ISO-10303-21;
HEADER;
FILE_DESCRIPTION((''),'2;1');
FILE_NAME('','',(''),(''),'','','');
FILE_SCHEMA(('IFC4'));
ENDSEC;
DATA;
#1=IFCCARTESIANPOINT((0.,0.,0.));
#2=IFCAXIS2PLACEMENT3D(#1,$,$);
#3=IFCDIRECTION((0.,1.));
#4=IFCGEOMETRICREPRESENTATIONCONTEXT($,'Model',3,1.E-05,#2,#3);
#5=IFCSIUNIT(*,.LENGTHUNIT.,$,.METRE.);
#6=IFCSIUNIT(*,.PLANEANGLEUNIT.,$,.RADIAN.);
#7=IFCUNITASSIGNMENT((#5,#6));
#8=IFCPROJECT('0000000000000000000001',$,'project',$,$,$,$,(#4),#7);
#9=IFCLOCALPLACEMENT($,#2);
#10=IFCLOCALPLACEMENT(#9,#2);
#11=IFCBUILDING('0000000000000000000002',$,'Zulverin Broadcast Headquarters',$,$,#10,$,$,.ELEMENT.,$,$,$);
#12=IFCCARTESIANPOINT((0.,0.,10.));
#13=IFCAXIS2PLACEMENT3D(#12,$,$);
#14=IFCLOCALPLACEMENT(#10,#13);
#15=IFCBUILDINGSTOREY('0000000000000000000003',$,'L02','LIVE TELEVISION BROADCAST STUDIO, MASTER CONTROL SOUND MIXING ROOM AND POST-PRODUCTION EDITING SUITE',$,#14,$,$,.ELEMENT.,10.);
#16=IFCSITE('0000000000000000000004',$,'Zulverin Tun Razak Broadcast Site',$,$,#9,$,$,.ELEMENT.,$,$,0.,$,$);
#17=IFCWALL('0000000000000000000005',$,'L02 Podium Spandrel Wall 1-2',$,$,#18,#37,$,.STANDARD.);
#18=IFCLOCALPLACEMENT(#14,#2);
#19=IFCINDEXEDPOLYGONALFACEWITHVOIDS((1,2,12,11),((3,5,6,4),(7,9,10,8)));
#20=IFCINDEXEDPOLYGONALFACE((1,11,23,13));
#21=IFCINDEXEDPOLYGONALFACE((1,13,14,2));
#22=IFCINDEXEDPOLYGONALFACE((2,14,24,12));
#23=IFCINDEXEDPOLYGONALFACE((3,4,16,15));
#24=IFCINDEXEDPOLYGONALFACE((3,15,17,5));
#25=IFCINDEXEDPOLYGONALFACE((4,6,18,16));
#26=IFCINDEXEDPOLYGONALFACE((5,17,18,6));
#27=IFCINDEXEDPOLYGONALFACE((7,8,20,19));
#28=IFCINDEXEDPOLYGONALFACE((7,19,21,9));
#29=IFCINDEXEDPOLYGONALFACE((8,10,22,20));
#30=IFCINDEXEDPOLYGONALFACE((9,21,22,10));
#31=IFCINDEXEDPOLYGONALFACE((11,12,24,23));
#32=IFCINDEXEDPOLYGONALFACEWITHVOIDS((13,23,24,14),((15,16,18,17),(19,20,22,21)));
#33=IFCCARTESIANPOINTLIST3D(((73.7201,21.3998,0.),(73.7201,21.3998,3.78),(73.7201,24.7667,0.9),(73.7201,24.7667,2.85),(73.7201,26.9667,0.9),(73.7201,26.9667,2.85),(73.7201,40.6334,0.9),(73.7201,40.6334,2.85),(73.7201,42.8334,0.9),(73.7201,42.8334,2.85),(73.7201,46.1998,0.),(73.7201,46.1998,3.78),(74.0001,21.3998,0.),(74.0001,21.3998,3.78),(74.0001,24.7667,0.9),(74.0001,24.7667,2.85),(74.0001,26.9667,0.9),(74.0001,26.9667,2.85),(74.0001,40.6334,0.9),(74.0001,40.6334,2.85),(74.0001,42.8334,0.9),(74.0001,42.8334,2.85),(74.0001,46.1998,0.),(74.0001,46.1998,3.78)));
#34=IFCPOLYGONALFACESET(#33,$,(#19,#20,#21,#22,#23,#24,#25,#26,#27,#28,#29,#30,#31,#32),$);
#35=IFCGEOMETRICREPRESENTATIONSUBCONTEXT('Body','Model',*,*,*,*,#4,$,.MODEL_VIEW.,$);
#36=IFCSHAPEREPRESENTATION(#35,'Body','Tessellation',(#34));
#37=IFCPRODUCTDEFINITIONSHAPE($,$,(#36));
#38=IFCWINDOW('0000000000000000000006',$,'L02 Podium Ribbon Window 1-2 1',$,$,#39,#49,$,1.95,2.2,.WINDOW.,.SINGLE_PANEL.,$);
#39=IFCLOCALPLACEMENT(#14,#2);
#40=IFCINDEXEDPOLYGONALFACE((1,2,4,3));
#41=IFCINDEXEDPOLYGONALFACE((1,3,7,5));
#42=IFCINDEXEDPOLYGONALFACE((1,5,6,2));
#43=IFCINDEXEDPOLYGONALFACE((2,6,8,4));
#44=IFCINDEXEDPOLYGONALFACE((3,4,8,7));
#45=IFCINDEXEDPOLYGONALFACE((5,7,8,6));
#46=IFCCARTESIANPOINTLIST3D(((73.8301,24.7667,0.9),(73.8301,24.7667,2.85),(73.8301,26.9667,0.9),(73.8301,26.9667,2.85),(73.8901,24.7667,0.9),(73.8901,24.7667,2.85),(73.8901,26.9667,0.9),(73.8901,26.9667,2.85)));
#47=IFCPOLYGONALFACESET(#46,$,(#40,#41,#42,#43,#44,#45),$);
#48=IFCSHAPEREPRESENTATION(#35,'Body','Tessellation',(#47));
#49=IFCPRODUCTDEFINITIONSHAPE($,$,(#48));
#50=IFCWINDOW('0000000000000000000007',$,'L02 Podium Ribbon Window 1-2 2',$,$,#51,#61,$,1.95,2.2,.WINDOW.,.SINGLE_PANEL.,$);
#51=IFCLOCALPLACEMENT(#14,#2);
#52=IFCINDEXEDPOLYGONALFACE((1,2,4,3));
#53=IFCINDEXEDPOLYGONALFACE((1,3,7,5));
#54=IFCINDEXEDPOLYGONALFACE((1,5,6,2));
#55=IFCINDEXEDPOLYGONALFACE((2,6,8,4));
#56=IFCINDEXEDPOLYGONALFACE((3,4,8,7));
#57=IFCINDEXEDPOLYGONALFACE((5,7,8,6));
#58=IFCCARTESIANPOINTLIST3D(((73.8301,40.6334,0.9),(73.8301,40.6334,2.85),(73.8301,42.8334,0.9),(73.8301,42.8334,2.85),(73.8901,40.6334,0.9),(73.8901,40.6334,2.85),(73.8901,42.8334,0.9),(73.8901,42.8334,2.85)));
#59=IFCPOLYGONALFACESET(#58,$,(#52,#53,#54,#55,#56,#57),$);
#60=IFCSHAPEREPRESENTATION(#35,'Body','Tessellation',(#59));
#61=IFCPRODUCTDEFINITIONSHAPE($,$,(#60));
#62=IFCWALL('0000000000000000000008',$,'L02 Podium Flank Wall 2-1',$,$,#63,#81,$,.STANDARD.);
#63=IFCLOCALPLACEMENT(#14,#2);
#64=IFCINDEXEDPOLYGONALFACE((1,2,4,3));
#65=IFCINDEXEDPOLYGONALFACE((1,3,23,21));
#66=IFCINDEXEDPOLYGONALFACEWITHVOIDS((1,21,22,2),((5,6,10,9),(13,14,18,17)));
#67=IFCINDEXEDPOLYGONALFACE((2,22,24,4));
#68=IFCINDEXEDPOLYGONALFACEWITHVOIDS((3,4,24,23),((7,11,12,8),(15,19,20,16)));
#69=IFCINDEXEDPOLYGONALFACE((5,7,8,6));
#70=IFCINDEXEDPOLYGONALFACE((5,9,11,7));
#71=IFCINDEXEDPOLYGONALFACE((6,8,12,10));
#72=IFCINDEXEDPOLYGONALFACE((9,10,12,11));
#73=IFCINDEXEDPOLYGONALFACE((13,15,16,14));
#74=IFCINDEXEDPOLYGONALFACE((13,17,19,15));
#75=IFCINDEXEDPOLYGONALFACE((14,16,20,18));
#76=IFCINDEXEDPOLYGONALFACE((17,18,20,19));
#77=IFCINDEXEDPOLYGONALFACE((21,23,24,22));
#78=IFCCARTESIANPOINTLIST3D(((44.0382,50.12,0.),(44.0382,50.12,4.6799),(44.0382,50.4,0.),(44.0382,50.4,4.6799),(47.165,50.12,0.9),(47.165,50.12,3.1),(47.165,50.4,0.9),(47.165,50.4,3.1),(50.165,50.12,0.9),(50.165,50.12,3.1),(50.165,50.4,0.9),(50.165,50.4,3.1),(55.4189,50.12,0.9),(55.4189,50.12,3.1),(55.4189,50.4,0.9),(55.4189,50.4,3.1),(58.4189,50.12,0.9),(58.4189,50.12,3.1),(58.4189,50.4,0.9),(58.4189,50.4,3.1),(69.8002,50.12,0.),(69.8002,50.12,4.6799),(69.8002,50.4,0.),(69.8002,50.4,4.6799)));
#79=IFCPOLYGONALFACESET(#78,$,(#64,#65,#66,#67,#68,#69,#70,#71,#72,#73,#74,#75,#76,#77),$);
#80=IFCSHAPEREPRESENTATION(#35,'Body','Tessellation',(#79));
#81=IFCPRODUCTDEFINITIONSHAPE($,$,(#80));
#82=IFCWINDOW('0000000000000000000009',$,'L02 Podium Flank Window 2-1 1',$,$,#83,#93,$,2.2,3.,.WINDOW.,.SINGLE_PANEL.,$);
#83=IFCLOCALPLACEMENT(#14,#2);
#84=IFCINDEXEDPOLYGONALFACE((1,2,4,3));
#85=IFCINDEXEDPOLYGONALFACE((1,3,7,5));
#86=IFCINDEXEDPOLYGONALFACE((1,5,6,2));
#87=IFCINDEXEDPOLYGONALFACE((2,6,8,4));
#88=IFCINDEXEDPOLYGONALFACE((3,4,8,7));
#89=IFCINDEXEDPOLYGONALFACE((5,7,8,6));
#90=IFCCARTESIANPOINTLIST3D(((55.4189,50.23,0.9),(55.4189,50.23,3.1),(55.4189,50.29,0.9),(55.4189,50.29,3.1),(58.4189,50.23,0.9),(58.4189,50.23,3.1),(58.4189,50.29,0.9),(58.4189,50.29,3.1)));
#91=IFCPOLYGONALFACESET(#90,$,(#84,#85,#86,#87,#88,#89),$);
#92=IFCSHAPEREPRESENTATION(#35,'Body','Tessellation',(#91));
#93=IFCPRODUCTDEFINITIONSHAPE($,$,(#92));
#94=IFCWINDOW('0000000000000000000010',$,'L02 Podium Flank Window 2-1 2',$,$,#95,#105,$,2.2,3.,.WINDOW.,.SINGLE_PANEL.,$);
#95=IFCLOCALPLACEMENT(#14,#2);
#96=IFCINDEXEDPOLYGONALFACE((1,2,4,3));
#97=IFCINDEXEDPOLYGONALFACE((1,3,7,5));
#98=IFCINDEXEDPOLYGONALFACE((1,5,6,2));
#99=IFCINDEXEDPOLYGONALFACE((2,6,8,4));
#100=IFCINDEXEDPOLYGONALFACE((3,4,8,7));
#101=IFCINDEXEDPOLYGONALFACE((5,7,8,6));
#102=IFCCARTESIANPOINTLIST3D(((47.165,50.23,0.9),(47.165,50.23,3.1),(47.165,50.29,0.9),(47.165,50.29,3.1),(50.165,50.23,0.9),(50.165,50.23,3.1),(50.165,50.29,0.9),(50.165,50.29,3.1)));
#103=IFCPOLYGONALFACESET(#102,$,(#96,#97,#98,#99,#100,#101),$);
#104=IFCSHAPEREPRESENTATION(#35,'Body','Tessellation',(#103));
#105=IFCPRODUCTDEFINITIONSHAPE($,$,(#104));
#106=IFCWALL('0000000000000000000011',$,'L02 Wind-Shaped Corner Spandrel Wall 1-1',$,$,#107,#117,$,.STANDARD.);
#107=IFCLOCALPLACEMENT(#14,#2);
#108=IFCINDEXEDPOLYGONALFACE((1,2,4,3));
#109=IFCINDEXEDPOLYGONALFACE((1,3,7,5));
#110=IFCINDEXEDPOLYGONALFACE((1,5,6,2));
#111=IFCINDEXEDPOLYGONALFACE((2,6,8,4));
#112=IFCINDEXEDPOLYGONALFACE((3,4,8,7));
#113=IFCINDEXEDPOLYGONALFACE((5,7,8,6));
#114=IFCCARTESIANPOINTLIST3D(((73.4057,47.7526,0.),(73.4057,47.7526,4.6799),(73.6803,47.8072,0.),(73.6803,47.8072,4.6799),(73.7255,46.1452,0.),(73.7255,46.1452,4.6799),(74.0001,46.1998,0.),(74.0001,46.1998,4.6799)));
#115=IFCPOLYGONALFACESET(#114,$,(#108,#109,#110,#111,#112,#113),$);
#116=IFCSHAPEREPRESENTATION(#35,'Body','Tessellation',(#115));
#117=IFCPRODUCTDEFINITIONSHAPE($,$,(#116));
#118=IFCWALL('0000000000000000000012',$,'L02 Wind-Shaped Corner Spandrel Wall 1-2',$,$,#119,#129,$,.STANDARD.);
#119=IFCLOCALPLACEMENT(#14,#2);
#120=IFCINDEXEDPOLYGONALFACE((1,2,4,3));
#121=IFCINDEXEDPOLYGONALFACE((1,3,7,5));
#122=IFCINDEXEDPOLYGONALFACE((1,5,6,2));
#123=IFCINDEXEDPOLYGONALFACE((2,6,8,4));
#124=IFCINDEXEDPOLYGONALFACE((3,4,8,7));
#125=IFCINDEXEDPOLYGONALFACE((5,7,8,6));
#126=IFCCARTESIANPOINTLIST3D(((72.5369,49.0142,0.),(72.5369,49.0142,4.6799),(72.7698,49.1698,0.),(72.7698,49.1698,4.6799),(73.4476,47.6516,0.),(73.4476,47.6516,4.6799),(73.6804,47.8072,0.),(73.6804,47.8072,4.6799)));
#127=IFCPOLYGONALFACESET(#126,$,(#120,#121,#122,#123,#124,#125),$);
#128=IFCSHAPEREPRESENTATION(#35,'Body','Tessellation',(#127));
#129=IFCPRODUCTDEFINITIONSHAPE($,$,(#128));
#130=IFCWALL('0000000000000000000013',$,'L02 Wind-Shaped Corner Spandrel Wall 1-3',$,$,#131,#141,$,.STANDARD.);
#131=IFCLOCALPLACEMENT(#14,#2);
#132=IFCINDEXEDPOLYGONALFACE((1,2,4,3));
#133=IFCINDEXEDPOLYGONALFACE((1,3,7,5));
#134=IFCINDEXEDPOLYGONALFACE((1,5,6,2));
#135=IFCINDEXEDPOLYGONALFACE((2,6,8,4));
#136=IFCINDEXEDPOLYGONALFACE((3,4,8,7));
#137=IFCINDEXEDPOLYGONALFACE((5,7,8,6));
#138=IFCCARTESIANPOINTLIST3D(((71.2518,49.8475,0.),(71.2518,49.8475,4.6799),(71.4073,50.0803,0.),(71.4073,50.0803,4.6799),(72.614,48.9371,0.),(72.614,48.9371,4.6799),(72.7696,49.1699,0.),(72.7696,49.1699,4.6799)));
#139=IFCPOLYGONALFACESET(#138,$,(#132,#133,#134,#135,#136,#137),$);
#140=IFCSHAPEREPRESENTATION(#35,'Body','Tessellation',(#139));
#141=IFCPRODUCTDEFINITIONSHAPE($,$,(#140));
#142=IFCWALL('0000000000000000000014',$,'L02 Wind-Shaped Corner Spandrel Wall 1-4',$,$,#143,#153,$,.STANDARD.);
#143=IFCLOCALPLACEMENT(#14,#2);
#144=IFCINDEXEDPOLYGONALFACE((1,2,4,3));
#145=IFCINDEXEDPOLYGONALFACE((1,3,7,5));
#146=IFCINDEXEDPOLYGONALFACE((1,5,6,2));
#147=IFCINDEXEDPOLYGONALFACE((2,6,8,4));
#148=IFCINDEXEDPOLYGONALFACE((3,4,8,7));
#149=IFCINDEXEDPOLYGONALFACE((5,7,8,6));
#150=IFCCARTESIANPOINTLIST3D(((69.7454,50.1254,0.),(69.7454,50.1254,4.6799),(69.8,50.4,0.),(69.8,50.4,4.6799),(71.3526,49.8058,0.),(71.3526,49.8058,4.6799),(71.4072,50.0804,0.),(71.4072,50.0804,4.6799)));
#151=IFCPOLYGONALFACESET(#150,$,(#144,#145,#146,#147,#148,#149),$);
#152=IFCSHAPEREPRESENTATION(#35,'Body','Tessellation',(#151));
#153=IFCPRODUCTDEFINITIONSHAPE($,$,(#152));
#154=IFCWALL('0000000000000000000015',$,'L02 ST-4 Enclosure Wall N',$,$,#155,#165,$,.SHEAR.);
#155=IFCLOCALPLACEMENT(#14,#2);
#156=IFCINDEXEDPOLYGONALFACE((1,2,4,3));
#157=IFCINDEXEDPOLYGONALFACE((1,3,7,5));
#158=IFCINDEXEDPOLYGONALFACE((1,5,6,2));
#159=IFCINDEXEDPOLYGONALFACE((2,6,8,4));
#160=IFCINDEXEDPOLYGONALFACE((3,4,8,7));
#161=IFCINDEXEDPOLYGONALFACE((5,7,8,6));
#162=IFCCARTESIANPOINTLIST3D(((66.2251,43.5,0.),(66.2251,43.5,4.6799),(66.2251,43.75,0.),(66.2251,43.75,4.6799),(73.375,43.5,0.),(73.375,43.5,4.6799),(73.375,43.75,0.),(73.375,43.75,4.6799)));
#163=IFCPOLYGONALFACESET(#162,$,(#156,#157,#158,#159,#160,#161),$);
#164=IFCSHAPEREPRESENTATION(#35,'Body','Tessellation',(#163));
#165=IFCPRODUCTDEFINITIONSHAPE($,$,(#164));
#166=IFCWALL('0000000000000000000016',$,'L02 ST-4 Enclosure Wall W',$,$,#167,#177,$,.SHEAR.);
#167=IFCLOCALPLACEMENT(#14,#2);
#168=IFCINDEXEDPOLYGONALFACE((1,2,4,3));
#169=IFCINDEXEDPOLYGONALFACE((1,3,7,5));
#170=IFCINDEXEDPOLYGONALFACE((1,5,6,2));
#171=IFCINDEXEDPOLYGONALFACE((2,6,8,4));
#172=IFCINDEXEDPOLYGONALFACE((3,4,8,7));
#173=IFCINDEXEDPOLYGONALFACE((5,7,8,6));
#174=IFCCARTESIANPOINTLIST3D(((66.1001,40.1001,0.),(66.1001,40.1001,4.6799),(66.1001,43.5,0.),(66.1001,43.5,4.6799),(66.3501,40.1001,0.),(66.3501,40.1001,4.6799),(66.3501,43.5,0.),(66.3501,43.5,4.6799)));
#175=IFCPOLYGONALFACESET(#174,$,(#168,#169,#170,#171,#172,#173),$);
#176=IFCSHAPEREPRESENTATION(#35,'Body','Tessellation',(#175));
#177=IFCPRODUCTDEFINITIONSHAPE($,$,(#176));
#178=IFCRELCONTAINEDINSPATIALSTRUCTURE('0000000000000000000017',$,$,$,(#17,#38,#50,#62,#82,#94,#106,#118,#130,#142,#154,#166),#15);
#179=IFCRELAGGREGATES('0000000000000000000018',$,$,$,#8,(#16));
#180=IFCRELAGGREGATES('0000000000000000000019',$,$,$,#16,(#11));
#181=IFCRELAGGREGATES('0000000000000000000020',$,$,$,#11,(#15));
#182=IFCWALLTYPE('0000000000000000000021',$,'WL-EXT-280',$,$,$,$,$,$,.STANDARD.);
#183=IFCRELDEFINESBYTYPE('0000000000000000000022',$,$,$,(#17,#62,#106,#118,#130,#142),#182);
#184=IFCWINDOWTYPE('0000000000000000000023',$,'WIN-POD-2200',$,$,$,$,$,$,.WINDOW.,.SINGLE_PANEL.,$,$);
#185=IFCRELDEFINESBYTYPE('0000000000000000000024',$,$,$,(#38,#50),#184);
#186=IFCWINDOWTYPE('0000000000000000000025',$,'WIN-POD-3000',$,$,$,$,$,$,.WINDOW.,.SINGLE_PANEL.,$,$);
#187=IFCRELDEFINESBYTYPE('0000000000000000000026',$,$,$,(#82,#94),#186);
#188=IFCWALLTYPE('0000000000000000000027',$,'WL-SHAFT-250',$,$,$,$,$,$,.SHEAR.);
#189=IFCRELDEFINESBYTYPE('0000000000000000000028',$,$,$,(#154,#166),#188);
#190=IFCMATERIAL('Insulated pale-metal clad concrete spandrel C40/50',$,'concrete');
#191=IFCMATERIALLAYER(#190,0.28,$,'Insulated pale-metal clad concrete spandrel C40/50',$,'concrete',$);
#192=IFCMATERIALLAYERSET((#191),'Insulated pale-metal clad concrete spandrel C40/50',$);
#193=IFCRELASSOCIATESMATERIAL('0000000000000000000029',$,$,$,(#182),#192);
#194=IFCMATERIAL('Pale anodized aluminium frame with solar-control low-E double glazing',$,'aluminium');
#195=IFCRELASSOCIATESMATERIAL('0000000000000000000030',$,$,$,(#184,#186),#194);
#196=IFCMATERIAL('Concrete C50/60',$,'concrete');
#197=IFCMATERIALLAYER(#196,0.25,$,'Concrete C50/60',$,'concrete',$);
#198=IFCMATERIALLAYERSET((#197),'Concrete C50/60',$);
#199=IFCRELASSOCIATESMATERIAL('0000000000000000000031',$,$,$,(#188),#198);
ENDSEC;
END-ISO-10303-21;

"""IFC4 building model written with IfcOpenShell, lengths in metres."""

from ifc_helpers import new_model, si_unit, direction, frame, frame_2d, origin, place, context, subcontext, project, spatial, rectangle, extrude, material, layer, layer_set, type_object, element, fill, save


model = new_model("IFC4")

# Units and contexts
model_context = context("Model", 3, precision=1e-05, world=origin(), true_north=direction((0.0, 1.0)))
body_context = subcontext(model_context, "Body", "Model", "MODEL_VIEW")
ifc_project = project(units=[si_unit("LENGTHUNIT", "METRE"), si_unit("PLANEANGLEUNIT", "RADIAN")], contexts=[model_context])

# Site, building, storey
site_placement = place(None, origin())
site = spatial("IfcSite", under=ifc_project, at=site_placement, Name="Zulverin Tun Razak Broadcast Site", CompositionType="ELEMENT", RefElevation=0.0)
building_placement = place(site_placement, origin())
building = spatial("IfcBuilding", under=site, at=building_placement, Name="Zulverin Broadcast Headquarters", CompositionType="ELEMENT")
storey_placement = place(building_placement, frame((0.0, 0.0, 10.0)))
storey = spatial("IfcBuildingStorey", under=building, at=storey_placement, Name="L02", Description="LIVE TELEVISION BROADCAST STUDIO, MASTER CONTROL SOUND MIXING ROOM AND POST-PRODUCTION EDITING SUITE", CompositionType="ELEMENT", Elevation=10.0)

# Walls, openings, windows
ifc_material_1 = material(Name="Insulated pale-metal clad concrete spandrel C40/50", Category="concrete")
ifc_layer_1 = layer(ifc_material_1, 0.28, Name="Insulated pale-metal clad concrete spandrel C40/50", Category="concrete")
ifc_layer_set_1 = layer_set([ifc_layer_1], Name="Insulated pale-metal clad concrete spandrel C40/50")
wall_type_1 = type_object("IfcWallType", Name="WL-EXT-280", PredefinedType="STANDARD", material=ifc_layer_set_1)
wall_1_placement = place(storey_placement, frame((73.8601, 21.3999, 0.0), z_axis=(0.0, 0.0, 1.0), x_axis=(0.0, 1.0, 0.0)))
wall_1 = element("IfcWall", 1, at=wall_1_placement, inside=storey, type_object=wall_type_1, Name="L02 Podium Spandrel Wall 1-2", PredefinedType="STANDARD", context=body_context, shape_type="SweptSolid", body=[
    extrude(rectangle(XDim=24.8, YDim=0.28, at=frame_2d((12.3999, 0.0))), origin(), (0.0, 0.0, 1.0), 3.78),
])
opening_1_placement = place(wall_1_placement, frame((3.3667, 0.0, 0.8999)))
opening_1 = element("IfcOpeningElement", 2, at=opening_1_placement, cuts=wall_1, PredefinedType="OPENING", context=body_context, shape_type="SweptSolid", body=[
    extrude(rectangle(XDim=2.2, YDim=1.95, at=frame_2d((1.1001, 0.9751))), frame((0.0, 0.1499, 0.0), z_axis=(0.0, -1.0, 0.0), x_axis=(1.0, 0.0, 0.0)), (0.0, 0.0, 1.0), 0.3),
])
opening_2_placement = place(wall_1_placement, frame((19.2334, 0.0, 0.8999)))
opening_2 = element("IfcOpeningElement", 3, at=opening_2_placement, cuts=wall_1, PredefinedType="OPENING", context=body_context, shape_type="SweptSolid", body=[
    extrude(rectangle(XDim=2.2, YDim=1.95, at=frame_2d((1.1001, 0.9751))), frame((0.0, 0.1499, 0.0), z_axis=(0.0, -1.0, 0.0), x_axis=(1.0, 0.0, 0.0)), (0.0, 0.0, 1.0), 0.3),
])
ifc_material_2 = material(Name="Pale anodized aluminium frame with solar-control low-E double glazing", Category="aluminium")
window_type_1 = type_object("IfcWindowType", Name="WIN-POD-2200", PartitioningType="SINGLE_PANEL", PredefinedType="WINDOW", material=ifc_material_2)
window_1_placement = place(opening_1_placement, origin())
window_1 = element("IfcWindow", 4, at=window_1_placement, inside=storey, type_object=window_type_1, Name="L02 Podium Ribbon Window 1-2 1", OverallHeight=1.95, OverallWidth=2.2, PartitioningType="SINGLE_PANEL", PredefinedType="WINDOW", context=body_context, shape_type="SweptSolid", body=[
    extrude(rectangle(XDim=2.2, YDim=1.95, at=frame_2d((1.1001, 0.9751))), frame((0.0, 0.03, 0.0), z_axis=(0.0, -1.0, 0.0), x_axis=(1.0, 0.0, 0.0)), (0.0, 0.0, 1.0), 0.0601),
])
fill(opening_1, window_1)
window_2_placement = place(opening_2_placement, origin())
window_2 = element("IfcWindow", 5, at=window_2_placement, inside=storey, type_object=window_type_1, Name="L02 Podium Ribbon Window 1-2 2", OverallHeight=1.95, OverallWidth=2.2, PartitioningType="SINGLE_PANEL", PredefinedType="WINDOW", context=body_context, shape_type="SweptSolid", body=[
    extrude(rectangle(XDim=2.2, YDim=1.95, at=frame_2d((1.1001, 0.9751))), frame((0.0, 0.03, 0.0), z_axis=(0.0, -1.0, 0.0), x_axis=(1.0, 0.0, 0.0)), (0.0, 0.0, 1.0), 0.0601),
])
fill(opening_2, window_2)
wall_2_placement = place(storey_placement, frame((69.8, 50.26, 0.0), z_axis=(0.0, 0.0, 1.0), x_axis=(-1.0, 0.0, 0.0)))
wall_2 = element("IfcWall", 6, at=wall_2_placement, inside=storey, type_object=wall_type_1, Name="L02 Podium Flank Wall 2-1", PredefinedType="STANDARD", context=body_context, shape_type="SweptSolid", body=[
    extrude(rectangle(XDim=25.762, YDim=0.28, at=frame_2d((12.8809, 0.0))), origin(), (0.0, 0.0, 1.0), 4.6799),
])
opening_3_placement = place(wall_2_placement, frame((11.3811, 0.0, 0.8999)))
opening_3 = element("IfcOpeningElement", 7, at=opening_3_placement, cuts=wall_2, PredefinedType="OPENING", context=body_context, shape_type="SweptSolid", body=[
    extrude(rectangle(XDim=3.0, YDim=2.2, at=frame_2d((1.5, 1.1001))), frame((0.0, 0.1499, 0.0), z_axis=(0.0, -1.0, 0.0), x_axis=(1.0, 0.0, 0.0)), (0.0, 0.0, 1.0), 0.3),
])
opening_4_placement = place(wall_2_placement, frame((19.635, 0.0, 0.8999)))
opening_4 = element("IfcOpeningElement", 8, at=opening_4_placement, cuts=wall_2, PredefinedType="OPENING", context=body_context, shape_type="SweptSolid", body=[
    extrude(rectangle(XDim=3.0, YDim=2.2, at=frame_2d((1.5, 1.1001))), frame((0.0, 0.1499, 0.0), z_axis=(0.0, -1.0, 0.0), x_axis=(1.0, 0.0, 0.0)), (0.0, 0.0, 1.0), 0.3),
])
window_type_2 = type_object("IfcWindowType", Name="WIN-POD-3000", PartitioningType="SINGLE_PANEL", PredefinedType="WINDOW", material=ifc_material_2)
window_3_placement = place(opening_3_placement, origin())
window_3 = element("IfcWindow", 9, at=window_3_placement, inside=storey, type_object=window_type_2, Name="L02 Podium Flank Window 2-1 1", OverallHeight=2.2, OverallWidth=3.0, PartitioningType="SINGLE_PANEL", PredefinedType="WINDOW", context=body_context, shape_type="SweptSolid", body=[
    extrude(rectangle(XDim=3.0, YDim=2.2, at=frame_2d((1.5, 1.1001))), frame((0.0, 0.03, 0.0), z_axis=(0.0, -1.0, 0.0), x_axis=(1.0, 0.0, 0.0)), (0.0, 0.0, 1.0), 0.0601),
])
fill(opening_3, window_3)
window_4_placement = place(opening_4_placement, origin())
window_4 = element("IfcWindow", 10, at=window_4_placement, inside=storey, type_object=window_type_2, Name="L02 Podium Flank Window 2-1 2", OverallHeight=2.2, OverallWidth=3.0, PartitioningType="SINGLE_PANEL", PredefinedType="WINDOW", context=body_context, shape_type="SweptSolid", body=[
    extrude(rectangle(XDim=3.0, YDim=2.2, at=frame_2d((1.5, 1.1001))), frame((0.0, 0.03, 0.0), z_axis=(0.0, -1.0, 0.0), x_axis=(1.0, 0.0, 0.0)), (0.0, 0.0, 1.0), 0.0601),
])
fill(opening_4, window_4)

# Walls
for number, where, z_axis, x_axis, name in (
    (11, (73.8628, 46.1726, 0.0), (0.0, 0.0, 1.0), (-0.195142, 0.980775, 0.0), "L02 Wind-Shaped Corner Spandrel Wall 1-1"),
    (12, (73.564, 47.7295, 0.0), (0.0, 0.0, 1.0), (-0.555662, 0.831408, 0.0), "L02 Wind-Shaped Corner Spandrel Wall 1-2"),
):
    element("IfcWall", number, at=place(storey_placement, frame(where, z_axis=z_axis, x_axis=x_axis)), inside=storey, type_object=wall_type_1, Name=name, PredefinedType="STANDARD", context=body_context, shape_type="SweptSolid", body=[
        extrude(rectangle(XDim=1.6389, YDim=0.28, at=frame_2d((0.8193, 0.0))), origin(), (0.0, 0.0, 1.0), 4.6799),
    ])
wall_3_placement = place(storey_placement, frame((72.6919, 49.0535, 0.0), z_axis=(0.0, 0.0, 1.0), x_axis=(-0.831431, 0.555628, 0.0)))
element("IfcWall", 13, at=wall_3_placement, inside=storey, type_object=wall_type_1, Name="L02 Wind-Shaped Corner Spandrel Wall 1-3", PredefinedType="STANDARD", context=body_context, shape_type="SweptSolid", body=[
    extrude(rectangle(XDim=1.6384, YDim=0.28, at=frame_2d((0.8193, 0.0))), origin(), (0.0, 0.0, 1.0), 4.6799),
])
wall_4_placement = place(storey_placement, frame((71.3799, 49.9431, 0.0), z_axis=(0.0, 0.0, 1.0), x_axis=(-0.980798, 0.195027, 0.0)))
element("IfcWall", 14, at=wall_4_placement, inside=storey, type_object=wall_type_1, Name="L02 Wind-Shaped Corner Spandrel Wall 1-4", PredefinedType="STANDARD", context=body_context, shape_type="SweptSolid", body=[
    extrude(rectangle(XDim=1.6387, YDim=0.28, at=frame_2d((0.8193, 0.0))), origin(), (0.0, 0.0, 1.0), 4.6799),
])
ifc_material_3 = material(Name="Concrete C50/60", Category="concrete")
ifc_layer_2 = layer(ifc_material_3, 0.25, Name="Concrete C50/60", Category="concrete")
ifc_layer_set_2 = layer_set([ifc_layer_2], Name="Concrete C50/60")
wall_type_2 = type_object("IfcWallType", Name="WL-SHAFT-250", PredefinedType="SHEAR", material=ifc_layer_set_2)
wall_5_placement = place(storey_placement, frame((66.2251, 43.625, 0.0), z_axis=(0.0, 0.0, 1.0), x_axis=(1.0, 0.0, 0.0)))
element("IfcWall", 15, at=wall_5_placement, inside=storey, type_object=wall_type_2, Name="L02 ST-4 Enclosure Wall N", PredefinedType="SHEAR", context=body_context, shape_type="SweptSolid", body=[
    extrude(rectangle(XDim=7.1499, YDim=0.25, at=frame_2d((3.575, 0.0))), origin(), (0.0, 0.0, 1.0), 4.6799),
])
for number, where, z_axis, x_axis, name in (
    (16, (66.2251, 40.1001, 0.0), (0.0, 0.0, 1.0), (0.0, 1.0, 0.0), "L02 ST-4 Enclosure Wall W"),
):
    element("IfcWall", number, at=place(storey_placement, frame(where, z_axis=z_axis, x_axis=x_axis)), inside=storey, type_object=wall_type_2, Name=name, PredefinedType="SHEAR", context=body_context, shape_type="SweptSolid", body=[
        extrude(rectangle(XDim=3.3999, YDim=0.25, at=frame_2d((1.7, 0.0))), origin(), (0.0, 0.0, 1.0), 4.6799),
    ])

save(model, "model.ifc")
